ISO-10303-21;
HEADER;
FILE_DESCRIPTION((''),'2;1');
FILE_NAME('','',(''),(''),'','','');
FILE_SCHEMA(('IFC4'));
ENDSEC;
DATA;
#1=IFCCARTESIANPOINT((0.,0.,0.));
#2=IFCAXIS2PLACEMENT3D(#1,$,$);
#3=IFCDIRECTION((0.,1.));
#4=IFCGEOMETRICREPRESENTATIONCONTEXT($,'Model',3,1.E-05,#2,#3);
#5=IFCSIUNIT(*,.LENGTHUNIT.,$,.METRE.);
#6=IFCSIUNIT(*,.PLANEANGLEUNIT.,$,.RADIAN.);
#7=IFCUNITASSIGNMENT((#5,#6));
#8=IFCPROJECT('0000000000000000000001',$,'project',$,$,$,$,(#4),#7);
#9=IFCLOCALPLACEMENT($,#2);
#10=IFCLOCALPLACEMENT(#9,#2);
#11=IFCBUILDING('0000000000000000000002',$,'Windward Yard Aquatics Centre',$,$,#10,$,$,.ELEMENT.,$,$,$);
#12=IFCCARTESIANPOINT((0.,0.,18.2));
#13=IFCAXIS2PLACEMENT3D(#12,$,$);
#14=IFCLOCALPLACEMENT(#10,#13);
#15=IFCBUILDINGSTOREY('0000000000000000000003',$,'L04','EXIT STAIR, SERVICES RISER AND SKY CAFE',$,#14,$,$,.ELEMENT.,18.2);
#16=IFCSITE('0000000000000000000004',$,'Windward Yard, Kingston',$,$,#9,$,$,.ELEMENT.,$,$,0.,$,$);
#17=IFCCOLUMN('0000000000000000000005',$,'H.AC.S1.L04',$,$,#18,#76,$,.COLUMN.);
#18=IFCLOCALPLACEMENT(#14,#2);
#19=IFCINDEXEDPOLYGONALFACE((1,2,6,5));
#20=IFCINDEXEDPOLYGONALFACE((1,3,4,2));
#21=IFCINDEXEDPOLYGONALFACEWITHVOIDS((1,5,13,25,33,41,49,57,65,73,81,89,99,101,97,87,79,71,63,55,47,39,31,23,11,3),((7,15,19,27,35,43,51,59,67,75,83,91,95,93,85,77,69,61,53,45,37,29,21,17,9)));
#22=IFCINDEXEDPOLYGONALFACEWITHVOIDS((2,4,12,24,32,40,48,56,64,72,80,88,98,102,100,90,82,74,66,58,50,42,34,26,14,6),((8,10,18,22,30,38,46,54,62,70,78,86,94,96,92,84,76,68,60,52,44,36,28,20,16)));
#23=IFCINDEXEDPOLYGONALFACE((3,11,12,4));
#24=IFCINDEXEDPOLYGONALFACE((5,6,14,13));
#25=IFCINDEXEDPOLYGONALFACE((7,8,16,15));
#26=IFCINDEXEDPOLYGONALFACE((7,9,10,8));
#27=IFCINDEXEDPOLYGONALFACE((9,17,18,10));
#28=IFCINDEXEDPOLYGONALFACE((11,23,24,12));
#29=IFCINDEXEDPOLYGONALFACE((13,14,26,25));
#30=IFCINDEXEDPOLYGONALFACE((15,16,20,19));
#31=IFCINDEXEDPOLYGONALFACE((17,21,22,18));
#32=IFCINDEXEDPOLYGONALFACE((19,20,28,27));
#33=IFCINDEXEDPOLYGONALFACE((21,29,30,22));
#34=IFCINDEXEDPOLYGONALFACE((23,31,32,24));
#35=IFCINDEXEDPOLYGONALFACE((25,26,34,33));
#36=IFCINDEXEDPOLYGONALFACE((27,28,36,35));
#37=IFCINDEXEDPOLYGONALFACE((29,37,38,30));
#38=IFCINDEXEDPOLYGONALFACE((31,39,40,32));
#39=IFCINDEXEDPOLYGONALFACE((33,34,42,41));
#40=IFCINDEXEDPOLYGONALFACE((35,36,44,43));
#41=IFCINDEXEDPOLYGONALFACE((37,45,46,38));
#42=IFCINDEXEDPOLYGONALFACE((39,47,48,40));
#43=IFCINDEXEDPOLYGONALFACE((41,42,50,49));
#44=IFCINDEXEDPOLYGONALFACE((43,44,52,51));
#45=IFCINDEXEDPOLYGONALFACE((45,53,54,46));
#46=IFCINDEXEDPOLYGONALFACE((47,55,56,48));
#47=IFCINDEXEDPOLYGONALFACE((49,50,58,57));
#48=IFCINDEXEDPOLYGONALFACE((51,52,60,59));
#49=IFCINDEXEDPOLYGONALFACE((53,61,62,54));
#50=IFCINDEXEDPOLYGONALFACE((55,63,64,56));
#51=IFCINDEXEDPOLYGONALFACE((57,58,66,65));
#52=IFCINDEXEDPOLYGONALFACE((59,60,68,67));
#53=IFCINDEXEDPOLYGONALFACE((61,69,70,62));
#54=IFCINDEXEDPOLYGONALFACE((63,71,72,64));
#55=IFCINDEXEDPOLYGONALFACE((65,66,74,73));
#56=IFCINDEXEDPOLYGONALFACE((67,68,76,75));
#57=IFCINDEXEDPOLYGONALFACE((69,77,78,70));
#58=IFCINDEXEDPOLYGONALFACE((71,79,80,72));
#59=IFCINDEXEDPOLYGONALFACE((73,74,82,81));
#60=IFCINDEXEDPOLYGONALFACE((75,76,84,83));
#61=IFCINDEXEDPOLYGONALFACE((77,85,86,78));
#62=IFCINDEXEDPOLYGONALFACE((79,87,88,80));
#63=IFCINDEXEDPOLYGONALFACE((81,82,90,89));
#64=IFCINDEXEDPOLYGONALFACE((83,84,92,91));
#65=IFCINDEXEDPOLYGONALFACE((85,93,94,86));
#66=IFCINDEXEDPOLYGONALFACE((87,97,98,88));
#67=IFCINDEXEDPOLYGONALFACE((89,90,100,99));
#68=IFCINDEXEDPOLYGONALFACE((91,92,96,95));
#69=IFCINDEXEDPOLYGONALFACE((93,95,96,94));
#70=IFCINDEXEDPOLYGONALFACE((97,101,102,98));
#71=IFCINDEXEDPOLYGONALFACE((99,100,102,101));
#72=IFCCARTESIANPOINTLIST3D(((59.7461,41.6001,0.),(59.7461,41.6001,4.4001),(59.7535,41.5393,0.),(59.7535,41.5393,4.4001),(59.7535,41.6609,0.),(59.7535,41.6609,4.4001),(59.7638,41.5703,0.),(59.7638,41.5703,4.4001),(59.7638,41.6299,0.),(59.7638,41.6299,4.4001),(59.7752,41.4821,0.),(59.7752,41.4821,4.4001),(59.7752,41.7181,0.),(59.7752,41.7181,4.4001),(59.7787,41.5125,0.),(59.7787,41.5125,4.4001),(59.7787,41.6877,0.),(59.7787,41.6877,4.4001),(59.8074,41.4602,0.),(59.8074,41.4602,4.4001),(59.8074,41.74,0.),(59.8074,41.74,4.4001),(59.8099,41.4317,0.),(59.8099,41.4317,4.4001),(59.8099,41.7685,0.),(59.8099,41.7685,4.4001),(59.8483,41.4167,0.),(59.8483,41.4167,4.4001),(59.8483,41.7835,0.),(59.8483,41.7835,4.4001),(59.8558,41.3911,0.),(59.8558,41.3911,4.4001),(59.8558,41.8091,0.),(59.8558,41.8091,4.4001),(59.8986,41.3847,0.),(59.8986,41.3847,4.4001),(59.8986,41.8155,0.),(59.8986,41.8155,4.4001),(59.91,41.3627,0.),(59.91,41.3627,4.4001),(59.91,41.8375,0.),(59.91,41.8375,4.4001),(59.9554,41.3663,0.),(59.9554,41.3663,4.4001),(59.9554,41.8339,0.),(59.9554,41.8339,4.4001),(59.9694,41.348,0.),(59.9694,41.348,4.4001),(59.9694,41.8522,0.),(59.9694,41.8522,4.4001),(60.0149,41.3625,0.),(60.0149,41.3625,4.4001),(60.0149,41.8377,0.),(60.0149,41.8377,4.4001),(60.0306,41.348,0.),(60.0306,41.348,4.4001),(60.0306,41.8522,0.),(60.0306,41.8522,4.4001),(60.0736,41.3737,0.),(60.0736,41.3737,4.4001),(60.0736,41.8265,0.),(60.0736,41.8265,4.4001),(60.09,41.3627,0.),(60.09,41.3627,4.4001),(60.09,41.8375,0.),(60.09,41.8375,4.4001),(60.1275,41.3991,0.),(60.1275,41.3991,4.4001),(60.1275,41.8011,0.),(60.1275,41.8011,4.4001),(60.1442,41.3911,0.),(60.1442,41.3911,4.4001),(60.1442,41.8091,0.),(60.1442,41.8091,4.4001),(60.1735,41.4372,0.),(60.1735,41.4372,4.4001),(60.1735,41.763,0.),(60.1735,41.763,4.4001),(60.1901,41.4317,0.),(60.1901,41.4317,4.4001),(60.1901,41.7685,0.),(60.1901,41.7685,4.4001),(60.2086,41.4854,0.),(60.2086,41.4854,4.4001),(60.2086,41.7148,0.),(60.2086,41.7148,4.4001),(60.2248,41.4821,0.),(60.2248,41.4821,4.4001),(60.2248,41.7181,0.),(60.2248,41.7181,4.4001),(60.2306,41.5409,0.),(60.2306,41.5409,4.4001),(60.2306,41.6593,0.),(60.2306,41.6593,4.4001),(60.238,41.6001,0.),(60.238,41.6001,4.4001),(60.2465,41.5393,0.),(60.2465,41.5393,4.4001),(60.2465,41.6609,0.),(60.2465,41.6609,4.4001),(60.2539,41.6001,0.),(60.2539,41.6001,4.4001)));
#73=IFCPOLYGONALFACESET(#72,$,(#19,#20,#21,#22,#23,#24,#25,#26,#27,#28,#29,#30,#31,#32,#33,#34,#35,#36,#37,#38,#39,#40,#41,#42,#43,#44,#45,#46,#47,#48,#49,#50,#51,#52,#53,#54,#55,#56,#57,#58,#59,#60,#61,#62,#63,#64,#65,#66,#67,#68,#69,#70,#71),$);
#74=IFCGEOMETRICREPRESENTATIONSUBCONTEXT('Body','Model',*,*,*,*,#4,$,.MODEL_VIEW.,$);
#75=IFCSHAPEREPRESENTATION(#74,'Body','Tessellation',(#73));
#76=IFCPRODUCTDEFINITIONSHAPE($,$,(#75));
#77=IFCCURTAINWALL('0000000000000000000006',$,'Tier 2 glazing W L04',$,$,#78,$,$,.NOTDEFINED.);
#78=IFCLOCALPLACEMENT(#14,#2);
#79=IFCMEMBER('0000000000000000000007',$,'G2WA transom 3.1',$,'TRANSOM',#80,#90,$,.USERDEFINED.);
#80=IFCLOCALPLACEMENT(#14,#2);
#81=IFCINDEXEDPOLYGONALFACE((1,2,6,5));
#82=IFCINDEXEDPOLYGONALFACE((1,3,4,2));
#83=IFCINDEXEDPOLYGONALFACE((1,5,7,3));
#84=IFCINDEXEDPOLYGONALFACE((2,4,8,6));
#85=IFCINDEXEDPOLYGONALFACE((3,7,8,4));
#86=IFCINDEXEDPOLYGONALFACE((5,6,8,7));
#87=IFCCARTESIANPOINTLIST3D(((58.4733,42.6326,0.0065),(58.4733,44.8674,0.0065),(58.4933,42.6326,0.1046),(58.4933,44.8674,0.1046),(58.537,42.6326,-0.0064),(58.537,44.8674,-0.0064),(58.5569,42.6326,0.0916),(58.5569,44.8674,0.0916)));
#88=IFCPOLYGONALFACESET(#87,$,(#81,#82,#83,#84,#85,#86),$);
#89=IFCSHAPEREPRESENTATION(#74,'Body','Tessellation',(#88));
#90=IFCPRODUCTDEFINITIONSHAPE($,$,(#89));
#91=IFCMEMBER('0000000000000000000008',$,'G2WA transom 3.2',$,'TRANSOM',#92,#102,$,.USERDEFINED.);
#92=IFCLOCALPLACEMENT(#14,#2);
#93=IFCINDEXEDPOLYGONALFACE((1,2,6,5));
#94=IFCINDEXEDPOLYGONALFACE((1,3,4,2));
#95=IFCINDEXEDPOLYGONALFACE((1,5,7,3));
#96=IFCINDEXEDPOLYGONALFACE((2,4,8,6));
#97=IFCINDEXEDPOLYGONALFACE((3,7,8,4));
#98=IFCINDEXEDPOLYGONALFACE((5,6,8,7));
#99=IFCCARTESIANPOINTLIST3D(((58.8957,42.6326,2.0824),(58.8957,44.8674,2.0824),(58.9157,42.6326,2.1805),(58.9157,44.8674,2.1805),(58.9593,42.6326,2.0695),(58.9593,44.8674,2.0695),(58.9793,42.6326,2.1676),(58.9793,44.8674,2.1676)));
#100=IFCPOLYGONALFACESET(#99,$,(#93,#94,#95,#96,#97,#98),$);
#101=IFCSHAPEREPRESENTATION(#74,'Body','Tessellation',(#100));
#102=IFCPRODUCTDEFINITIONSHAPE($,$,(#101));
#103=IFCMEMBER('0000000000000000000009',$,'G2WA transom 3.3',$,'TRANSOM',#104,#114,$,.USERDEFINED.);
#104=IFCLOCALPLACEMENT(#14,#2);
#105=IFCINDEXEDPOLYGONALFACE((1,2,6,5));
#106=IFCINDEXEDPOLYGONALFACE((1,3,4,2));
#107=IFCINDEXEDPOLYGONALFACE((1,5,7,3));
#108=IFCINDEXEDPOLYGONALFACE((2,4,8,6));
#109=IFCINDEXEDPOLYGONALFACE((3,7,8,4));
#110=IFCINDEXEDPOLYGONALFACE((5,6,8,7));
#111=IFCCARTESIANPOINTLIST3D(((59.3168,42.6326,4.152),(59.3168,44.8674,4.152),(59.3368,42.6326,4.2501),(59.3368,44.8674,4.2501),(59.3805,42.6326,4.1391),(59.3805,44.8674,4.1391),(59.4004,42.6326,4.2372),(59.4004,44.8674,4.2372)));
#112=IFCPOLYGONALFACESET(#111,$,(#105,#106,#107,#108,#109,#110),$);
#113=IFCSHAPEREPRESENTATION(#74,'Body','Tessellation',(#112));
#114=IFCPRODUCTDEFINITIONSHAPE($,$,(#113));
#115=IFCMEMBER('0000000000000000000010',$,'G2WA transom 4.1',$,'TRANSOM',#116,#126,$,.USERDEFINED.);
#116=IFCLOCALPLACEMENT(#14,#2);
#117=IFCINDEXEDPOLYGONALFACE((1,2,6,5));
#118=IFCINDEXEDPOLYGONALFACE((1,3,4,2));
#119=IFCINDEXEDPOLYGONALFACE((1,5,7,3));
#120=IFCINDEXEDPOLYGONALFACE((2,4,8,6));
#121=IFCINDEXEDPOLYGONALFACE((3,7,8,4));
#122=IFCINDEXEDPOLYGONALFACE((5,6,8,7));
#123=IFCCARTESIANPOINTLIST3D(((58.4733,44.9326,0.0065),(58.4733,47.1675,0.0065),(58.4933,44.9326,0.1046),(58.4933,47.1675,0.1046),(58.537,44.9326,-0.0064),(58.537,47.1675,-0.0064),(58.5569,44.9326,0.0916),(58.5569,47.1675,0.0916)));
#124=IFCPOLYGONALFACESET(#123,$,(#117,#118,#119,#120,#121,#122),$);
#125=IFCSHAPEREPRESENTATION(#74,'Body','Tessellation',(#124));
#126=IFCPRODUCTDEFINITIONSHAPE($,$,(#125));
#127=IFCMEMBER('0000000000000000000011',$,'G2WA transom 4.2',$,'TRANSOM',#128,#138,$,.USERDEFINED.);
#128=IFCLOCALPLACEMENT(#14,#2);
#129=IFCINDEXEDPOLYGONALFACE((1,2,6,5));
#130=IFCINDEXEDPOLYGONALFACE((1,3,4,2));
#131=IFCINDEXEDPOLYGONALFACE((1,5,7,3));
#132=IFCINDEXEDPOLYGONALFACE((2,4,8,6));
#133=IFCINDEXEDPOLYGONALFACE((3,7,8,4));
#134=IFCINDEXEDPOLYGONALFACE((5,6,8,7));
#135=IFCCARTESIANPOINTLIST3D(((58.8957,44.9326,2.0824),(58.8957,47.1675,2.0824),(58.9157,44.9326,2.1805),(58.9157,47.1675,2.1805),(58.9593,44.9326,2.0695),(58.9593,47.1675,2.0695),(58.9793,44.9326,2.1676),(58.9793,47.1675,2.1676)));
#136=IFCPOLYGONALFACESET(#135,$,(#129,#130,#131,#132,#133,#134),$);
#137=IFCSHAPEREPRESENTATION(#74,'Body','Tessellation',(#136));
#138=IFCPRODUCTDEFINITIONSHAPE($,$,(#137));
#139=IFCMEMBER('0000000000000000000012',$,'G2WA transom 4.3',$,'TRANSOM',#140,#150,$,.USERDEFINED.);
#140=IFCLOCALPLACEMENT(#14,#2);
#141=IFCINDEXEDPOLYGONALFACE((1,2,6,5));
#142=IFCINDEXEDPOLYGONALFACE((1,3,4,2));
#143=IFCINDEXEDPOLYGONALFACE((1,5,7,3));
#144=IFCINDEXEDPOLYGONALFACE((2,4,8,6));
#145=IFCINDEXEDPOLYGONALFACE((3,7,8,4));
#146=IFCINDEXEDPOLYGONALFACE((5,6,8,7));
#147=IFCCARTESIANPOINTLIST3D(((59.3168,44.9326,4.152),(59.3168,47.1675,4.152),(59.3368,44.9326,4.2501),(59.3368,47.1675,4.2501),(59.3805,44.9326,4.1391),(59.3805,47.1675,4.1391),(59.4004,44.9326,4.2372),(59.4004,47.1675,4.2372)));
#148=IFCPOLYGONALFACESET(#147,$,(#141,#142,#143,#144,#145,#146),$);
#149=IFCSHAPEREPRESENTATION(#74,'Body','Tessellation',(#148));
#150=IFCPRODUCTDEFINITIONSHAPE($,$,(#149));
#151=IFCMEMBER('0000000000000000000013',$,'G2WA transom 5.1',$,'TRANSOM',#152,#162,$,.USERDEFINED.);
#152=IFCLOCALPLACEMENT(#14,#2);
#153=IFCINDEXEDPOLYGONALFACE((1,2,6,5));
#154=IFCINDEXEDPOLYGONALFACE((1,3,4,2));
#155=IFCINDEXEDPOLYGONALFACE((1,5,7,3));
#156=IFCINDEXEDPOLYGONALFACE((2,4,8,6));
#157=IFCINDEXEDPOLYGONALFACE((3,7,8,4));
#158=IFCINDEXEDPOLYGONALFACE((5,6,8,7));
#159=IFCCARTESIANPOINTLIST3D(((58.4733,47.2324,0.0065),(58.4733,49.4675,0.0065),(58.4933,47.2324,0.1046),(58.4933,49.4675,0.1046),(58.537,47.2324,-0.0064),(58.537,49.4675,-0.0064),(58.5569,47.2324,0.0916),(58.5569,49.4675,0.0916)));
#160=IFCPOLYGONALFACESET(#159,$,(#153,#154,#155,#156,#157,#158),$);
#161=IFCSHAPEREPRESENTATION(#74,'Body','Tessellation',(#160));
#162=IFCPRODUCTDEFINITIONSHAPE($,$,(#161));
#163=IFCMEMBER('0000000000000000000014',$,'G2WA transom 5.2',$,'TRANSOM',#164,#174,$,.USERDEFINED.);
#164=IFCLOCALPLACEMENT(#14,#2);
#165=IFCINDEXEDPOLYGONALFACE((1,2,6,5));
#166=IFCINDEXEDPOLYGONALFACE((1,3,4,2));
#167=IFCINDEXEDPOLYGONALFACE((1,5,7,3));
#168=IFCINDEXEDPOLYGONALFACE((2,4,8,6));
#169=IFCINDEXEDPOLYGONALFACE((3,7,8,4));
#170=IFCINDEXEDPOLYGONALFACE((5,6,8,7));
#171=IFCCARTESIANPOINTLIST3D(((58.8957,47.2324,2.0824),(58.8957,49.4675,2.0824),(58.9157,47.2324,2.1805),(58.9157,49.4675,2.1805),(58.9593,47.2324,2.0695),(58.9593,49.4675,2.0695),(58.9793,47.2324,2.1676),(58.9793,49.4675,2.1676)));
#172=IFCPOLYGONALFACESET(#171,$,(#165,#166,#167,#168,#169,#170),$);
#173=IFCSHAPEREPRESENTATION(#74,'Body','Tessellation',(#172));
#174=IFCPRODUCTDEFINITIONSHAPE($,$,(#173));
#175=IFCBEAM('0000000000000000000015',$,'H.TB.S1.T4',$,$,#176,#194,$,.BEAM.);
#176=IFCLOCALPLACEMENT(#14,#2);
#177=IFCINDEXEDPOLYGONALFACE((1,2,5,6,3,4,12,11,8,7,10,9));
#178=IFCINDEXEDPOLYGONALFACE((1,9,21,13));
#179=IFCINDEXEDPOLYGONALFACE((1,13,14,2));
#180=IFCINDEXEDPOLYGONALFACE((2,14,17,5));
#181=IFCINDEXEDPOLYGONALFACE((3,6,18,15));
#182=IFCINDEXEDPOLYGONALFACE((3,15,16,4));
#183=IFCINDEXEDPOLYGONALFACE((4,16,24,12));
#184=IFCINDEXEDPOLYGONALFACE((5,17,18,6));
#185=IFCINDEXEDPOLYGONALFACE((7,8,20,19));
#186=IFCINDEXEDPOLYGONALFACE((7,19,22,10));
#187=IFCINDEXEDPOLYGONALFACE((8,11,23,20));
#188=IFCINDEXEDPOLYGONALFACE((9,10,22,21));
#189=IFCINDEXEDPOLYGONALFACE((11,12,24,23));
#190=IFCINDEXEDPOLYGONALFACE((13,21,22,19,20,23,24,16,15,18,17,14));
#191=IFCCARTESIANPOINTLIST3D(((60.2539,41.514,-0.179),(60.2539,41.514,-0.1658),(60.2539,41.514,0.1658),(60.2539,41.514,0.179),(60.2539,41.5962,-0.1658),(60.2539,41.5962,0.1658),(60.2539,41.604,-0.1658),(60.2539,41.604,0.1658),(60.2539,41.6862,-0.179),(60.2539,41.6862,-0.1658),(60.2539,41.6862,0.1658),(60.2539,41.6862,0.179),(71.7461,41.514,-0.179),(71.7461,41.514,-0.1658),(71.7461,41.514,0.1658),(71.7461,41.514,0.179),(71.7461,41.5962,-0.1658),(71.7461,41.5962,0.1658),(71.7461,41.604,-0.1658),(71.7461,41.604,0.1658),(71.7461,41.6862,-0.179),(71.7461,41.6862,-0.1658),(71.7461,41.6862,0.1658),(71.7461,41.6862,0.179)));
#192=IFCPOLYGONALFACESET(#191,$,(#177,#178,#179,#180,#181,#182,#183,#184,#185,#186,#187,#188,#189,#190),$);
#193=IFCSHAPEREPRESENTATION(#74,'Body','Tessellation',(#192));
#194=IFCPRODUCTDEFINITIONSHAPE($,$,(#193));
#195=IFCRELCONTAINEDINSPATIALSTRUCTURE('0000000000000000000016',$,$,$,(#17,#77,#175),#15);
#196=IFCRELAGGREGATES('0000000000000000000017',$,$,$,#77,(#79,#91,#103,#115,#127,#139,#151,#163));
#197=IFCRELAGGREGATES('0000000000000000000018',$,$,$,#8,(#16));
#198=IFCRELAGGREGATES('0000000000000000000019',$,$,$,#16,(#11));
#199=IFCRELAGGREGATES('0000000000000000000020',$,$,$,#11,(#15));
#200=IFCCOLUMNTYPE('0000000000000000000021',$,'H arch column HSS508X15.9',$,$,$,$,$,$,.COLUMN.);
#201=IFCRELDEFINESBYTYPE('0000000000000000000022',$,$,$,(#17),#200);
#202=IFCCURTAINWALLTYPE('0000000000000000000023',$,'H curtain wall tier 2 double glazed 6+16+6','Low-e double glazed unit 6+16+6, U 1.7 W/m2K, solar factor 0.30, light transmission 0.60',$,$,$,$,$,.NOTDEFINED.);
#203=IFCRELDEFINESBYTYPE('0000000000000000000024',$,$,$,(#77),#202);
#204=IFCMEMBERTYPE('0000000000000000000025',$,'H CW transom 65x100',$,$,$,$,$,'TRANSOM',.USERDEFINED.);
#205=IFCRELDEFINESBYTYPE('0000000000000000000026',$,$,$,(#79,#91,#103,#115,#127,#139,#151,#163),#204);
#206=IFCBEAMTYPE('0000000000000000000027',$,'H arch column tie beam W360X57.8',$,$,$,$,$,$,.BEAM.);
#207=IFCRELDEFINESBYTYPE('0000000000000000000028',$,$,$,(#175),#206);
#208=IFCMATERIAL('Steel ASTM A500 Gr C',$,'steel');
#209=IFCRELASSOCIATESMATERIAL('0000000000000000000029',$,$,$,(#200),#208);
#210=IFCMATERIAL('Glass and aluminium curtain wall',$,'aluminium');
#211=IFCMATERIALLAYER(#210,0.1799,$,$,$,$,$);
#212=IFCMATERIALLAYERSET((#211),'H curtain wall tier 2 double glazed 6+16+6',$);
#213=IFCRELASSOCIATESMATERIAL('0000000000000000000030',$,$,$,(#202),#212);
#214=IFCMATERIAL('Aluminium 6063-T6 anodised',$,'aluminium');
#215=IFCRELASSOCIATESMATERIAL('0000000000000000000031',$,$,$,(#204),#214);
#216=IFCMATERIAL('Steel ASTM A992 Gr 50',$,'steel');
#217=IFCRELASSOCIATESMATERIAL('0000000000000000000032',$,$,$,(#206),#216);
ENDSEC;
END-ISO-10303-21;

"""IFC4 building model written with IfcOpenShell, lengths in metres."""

from ifc_helpers import new_model, si_unit, direction, frame, origin, origin_2d, place, context, subcontext, project, spatial, rectangle, hollow_circle, i_section, extrude, material, layer, layer_set, material_profile, profile_set, type_object, element, aggregate, save


model = new_model("IFC4")

# Units and contexts
model_context = context("Model", 3, precision=1e-05, world=origin(), true_north=direction((0.0, 1.0)))
body_context = subcontext(model_context, "Body", "Model", "MODEL_VIEW")
ifc_project = project(units=[si_unit("LENGTHUNIT", "METRE"), si_unit("PLANEANGLEUNIT", "RADIAN")], contexts=[model_context])

# Site, building, storey
site_placement = place(None, origin())
site = spatial("IfcSite", under=ifc_project, at=site_placement, Name="Windward Yard, Kingston", CompositionType="ELEMENT", RefElevation=0.0)
building_placement = place(site_placement, origin())
building = spatial("IfcBuilding", under=site, at=building_placement, Name="Windward Yard Aquatics Centre", CompositionType="ELEMENT")
storey_placement = place(building_placement, frame((0.0, 0.0, 18.2)))
storey = spatial("IfcBuildingStorey", under=building, at=storey_placement, Name="L04", Description="EXIT STAIR, SERVICES RISER AND SKY CAFE", CompositionType="ELEMENT", Elevation=18.2)

# Column
ifc_material_1 = material(Name="Steel ASTM A500 Gr C", Category="steel")
ifc_material_profile_1 = material_profile(ifc_material_1, hollow_circle(Radius=0.2539, WallThickness=0.0159, at=origin_2d()), Name="HSS508X15.9")
ifc_profile_set_1 = profile_set([ifc_material_profile_1], Name="Steel ASTM A500 Gr C")
column_type = type_object("IfcColumnType", Name="H arch column HSS508X15.9", PredefinedType="COLUMN", material=ifc_profile_set_1)
column_placement = place(storey_placement, frame((60.0, 41.6001, 0.0), z_axis=(0.0, 0.0, 1.0), x_axis=(1.0, 0.0, 0.0)))
element("IfcColumn", 1, at=column_placement, inside=storey, type_object=column_type, Name="H.AC.S1.L04", PredefinedType="COLUMN", context=body_context, shape_type="SweptSolid", body=[
    extrude(hollow_circle(Radius=0.2539, WallThickness=0.0159, at=origin_2d()), origin(), (0.0, 0.0, 1.0), 4.4001),
])

# Curtain wall, members
ifc_material_2 = material(Name="Glass and aluminium curtain wall", Category="aluminium")
ifc_layer_1 = layer(ifc_material_2, 0.1799)
ifc_layer_set_1 = layer_set([ifc_layer_1], Name="H curtain wall tier 2 double glazed 6+16+6")
curtain_wall_type = type_object("IfcCurtainWallType", Name="H curtain wall tier 2 double glazed 6+16+6", Description="Low-e double glazed unit 6+16+6, U 1.7 W/m2K, solar factor 0.30, light transmission 0.60", PredefinedType="NOTDEFINED", material=ifc_layer_set_1)
curtain_wall_placement = place(storey_placement, origin())
curtain_wall = element("IfcCurtainWall", 2, at=curtain_wall_placement, inside=storey, type_object=curtain_wall_type, Name="Tier 2 glazing W L04", PredefinedType="NOTDEFINED")
ifc_material_3 = material(Name="Aluminium 6063-T6 anodised", Category="aluminium")
ifc_material_profile_2 = material_profile(ifc_material_3, rectangle(XDim=0.0649, YDim=0.1001, at=origin_2d()), Name="H CW transom 65x100")
ifc_profile_set_2 = profile_set([ifc_material_profile_2], Name="Aluminium 6063-T6 anodised")
member_type_1 = type_object("IfcMemberType", Name="H CW transom 65x100", ElementType="TRANSOM", PredefinedType="USERDEFINED", material=ifc_profile_set_2)
member_1_placement = place(storey_placement, frame((58.5151, 42.6326, 0.0491), z_axis=(0.0, 1.0, 0.0), x_axis=(-0.979925, 0.0, 0.199368)))
member_1 = element("IfcMember", 3, at=member_1_placement, type_object=member_type_1, Name="G2WA transom 3.1", ObjectType="TRANSOM", PredefinedType="USERDEFINED", context=body_context, shape_type="SweptSolid", body=[
    extrude(rectangle(XDim=0.0649, YDim=0.1001, at=origin_2d()), origin(), (0.0, 0.0, 1.0), 2.2349),
])
member_2_placement = place(storey_placement, frame((58.9375, 42.6326, 2.125), z_axis=(0.0, 1.0, 0.0), x_axis=(-0.979925, 0.0, 0.199368)))
member_2 = element("IfcMember", 4, at=member_2_placement, type_object=member_type_1, Name="G2WA transom 3.2", ObjectType="TRANSOM", PredefinedType="USERDEFINED", context=body_context, shape_type="SweptSolid", body=[
    extrude(rectangle(XDim=0.0649, YDim=0.1001, at=origin_2d()), origin(), (0.0, 0.0, 1.0), 2.2349),
])
member_3_placement = place(storey_placement, frame((59.3586, 42.6326, 4.1946), z_axis=(0.0, 1.0, 0.0), x_axis=(-0.979925, 0.0, 0.199368)))
member_3 = element("IfcMember", 5, at=member_3_placement, type_object=member_type_1, Name="G2WA transom 3.3", ObjectType="TRANSOM", PredefinedType="USERDEFINED", context=body_context, shape_type="SweptSolid", body=[
    extrude(rectangle(XDim=0.0649, YDim=0.1001, at=origin_2d()), origin(), (0.0, 0.0, 1.0), 2.2349),
])
member_4_placement = place(storey_placement, frame((58.5151, 44.9326, 0.0491), z_axis=(0.0, 1.0, 0.0), x_axis=(-0.979925, 0.0, 0.199368)))
member_4 = element("IfcMember", 6, at=member_4_placement, type_object=member_type_1, Name="G2WA transom 4.1", ObjectType="TRANSOM", PredefinedType="USERDEFINED", context=body_context, shape_type="SweptSolid", body=[
    extrude(rectangle(XDim=0.0649, YDim=0.1001, at=origin_2d()), origin(), (0.0, 0.0, 1.0), 2.2349),
])
member_5_placement = place(storey_placement, frame((58.9375, 44.9326, 2.125), z_axis=(0.0, 1.0, 0.0), x_axis=(-0.979925, 0.0, 0.199368)))
member_5 = element("IfcMember", 7, at=member_5_placement, type_object=member_type_1, Name="G2WA transom 4.2", ObjectType="TRANSOM", PredefinedType="USERDEFINED", context=body_context, shape_type="SweptSolid", body=[
    extrude(rectangle(XDim=0.0649, YDim=0.1001, at=origin_2d()), origin(), (0.0, 0.0, 1.0), 2.2349),
])
member_6_placement = place(storey_placement, frame((59.3586, 44.9326, 4.1946), z_axis=(0.0, 1.0, 0.0), x_axis=(-0.979925, 0.0, 0.199368)))
member_6 = element("IfcMember", 8, at=member_6_placement, type_object=member_type_1, Name="G2WA transom 4.3", ObjectType="TRANSOM", PredefinedType="USERDEFINED", context=body_context, shape_type="SweptSolid", body=[
    extrude(rectangle(XDim=0.0649, YDim=0.1001, at=origin_2d()), origin(), (0.0, 0.0, 1.0), 2.2349),
])
member_7_placement = place(storey_placement, frame((58.5151, 47.2324, 0.0491), z_axis=(0.0, 1.0, 0.0), x_axis=(-0.979925, 0.0, 0.199368)))
member_7 = element("IfcMember", 9, at=member_7_placement, type_object=member_type_1, Name="G2WA transom 5.1", ObjectType="TRANSOM", PredefinedType="USERDEFINED", context=body_context, shape_type="SweptSolid", body=[
    extrude(rectangle(XDim=0.0649, YDim=0.1001, at=origin_2d()), origin(), (0.0, 0.0, 1.0), 2.2351),
])
member_8_placement = place(storey_placement, frame((58.9375, 47.2324, 2.125), z_axis=(0.0, 1.0, 0.0), x_axis=(-0.979925, 0.0, 0.199368)))
member_8 = element("IfcMember", 10, at=member_8_placement, type_object=member_type_1, Name="G2WA transom 5.2", ObjectType="TRANSOM", PredefinedType="USERDEFINED", context=body_context, shape_type="SweptSolid", body=[
    extrude(rectangle(XDim=0.0649, YDim=0.1001, at=origin_2d()), origin(), (0.0, 0.0, 1.0), 2.2351),
])

# Beam
ifc_material_4 = material(Name="Steel ASTM A992 Gr 50", Category="steel")
ifc_material_profile_3 = material_profile(ifc_material_4, i_section(OverallWidth=0.1721, OverallDepth=0.3579, WebThickness=0.0078, FlangeThickness=0.0132, at=origin_2d()), Name="W360X57.8")
ifc_profile_set_3 = profile_set([ifc_material_profile_3], Name="Steel ASTM A992 Gr 50")
beam_type = type_object("IfcBeamType", Name="H arch column tie beam W360X57.8", PredefinedType="BEAM", material=ifc_profile_set_3)
beam_placement = place(storey_placement, frame((60.2539, 41.6001, 0.0), z_axis=(1.0, 0.0, 0.0), x_axis=(0.0, 1.0, 0.0)))
element("IfcBeam", 11, at=beam_placement, inside=storey, type_object=beam_type, Name="H.TB.S1.T4", PredefinedType="BEAM", context=body_context, shape_type="SweptSolid", body=[
    extrude(i_section(OverallWidth=0.1721, OverallDepth=0.3579, WebThickness=0.0078, FlangeThickness=0.0132, at=origin_2d()), origin(), (0.0, 0.0, 1.0), 11.4922),
])

aggregate(curtain_wall, [member_1, member_2, member_3, member_4, member_5, member_6, member_7, member_8])

save(model, "model.ifc")
